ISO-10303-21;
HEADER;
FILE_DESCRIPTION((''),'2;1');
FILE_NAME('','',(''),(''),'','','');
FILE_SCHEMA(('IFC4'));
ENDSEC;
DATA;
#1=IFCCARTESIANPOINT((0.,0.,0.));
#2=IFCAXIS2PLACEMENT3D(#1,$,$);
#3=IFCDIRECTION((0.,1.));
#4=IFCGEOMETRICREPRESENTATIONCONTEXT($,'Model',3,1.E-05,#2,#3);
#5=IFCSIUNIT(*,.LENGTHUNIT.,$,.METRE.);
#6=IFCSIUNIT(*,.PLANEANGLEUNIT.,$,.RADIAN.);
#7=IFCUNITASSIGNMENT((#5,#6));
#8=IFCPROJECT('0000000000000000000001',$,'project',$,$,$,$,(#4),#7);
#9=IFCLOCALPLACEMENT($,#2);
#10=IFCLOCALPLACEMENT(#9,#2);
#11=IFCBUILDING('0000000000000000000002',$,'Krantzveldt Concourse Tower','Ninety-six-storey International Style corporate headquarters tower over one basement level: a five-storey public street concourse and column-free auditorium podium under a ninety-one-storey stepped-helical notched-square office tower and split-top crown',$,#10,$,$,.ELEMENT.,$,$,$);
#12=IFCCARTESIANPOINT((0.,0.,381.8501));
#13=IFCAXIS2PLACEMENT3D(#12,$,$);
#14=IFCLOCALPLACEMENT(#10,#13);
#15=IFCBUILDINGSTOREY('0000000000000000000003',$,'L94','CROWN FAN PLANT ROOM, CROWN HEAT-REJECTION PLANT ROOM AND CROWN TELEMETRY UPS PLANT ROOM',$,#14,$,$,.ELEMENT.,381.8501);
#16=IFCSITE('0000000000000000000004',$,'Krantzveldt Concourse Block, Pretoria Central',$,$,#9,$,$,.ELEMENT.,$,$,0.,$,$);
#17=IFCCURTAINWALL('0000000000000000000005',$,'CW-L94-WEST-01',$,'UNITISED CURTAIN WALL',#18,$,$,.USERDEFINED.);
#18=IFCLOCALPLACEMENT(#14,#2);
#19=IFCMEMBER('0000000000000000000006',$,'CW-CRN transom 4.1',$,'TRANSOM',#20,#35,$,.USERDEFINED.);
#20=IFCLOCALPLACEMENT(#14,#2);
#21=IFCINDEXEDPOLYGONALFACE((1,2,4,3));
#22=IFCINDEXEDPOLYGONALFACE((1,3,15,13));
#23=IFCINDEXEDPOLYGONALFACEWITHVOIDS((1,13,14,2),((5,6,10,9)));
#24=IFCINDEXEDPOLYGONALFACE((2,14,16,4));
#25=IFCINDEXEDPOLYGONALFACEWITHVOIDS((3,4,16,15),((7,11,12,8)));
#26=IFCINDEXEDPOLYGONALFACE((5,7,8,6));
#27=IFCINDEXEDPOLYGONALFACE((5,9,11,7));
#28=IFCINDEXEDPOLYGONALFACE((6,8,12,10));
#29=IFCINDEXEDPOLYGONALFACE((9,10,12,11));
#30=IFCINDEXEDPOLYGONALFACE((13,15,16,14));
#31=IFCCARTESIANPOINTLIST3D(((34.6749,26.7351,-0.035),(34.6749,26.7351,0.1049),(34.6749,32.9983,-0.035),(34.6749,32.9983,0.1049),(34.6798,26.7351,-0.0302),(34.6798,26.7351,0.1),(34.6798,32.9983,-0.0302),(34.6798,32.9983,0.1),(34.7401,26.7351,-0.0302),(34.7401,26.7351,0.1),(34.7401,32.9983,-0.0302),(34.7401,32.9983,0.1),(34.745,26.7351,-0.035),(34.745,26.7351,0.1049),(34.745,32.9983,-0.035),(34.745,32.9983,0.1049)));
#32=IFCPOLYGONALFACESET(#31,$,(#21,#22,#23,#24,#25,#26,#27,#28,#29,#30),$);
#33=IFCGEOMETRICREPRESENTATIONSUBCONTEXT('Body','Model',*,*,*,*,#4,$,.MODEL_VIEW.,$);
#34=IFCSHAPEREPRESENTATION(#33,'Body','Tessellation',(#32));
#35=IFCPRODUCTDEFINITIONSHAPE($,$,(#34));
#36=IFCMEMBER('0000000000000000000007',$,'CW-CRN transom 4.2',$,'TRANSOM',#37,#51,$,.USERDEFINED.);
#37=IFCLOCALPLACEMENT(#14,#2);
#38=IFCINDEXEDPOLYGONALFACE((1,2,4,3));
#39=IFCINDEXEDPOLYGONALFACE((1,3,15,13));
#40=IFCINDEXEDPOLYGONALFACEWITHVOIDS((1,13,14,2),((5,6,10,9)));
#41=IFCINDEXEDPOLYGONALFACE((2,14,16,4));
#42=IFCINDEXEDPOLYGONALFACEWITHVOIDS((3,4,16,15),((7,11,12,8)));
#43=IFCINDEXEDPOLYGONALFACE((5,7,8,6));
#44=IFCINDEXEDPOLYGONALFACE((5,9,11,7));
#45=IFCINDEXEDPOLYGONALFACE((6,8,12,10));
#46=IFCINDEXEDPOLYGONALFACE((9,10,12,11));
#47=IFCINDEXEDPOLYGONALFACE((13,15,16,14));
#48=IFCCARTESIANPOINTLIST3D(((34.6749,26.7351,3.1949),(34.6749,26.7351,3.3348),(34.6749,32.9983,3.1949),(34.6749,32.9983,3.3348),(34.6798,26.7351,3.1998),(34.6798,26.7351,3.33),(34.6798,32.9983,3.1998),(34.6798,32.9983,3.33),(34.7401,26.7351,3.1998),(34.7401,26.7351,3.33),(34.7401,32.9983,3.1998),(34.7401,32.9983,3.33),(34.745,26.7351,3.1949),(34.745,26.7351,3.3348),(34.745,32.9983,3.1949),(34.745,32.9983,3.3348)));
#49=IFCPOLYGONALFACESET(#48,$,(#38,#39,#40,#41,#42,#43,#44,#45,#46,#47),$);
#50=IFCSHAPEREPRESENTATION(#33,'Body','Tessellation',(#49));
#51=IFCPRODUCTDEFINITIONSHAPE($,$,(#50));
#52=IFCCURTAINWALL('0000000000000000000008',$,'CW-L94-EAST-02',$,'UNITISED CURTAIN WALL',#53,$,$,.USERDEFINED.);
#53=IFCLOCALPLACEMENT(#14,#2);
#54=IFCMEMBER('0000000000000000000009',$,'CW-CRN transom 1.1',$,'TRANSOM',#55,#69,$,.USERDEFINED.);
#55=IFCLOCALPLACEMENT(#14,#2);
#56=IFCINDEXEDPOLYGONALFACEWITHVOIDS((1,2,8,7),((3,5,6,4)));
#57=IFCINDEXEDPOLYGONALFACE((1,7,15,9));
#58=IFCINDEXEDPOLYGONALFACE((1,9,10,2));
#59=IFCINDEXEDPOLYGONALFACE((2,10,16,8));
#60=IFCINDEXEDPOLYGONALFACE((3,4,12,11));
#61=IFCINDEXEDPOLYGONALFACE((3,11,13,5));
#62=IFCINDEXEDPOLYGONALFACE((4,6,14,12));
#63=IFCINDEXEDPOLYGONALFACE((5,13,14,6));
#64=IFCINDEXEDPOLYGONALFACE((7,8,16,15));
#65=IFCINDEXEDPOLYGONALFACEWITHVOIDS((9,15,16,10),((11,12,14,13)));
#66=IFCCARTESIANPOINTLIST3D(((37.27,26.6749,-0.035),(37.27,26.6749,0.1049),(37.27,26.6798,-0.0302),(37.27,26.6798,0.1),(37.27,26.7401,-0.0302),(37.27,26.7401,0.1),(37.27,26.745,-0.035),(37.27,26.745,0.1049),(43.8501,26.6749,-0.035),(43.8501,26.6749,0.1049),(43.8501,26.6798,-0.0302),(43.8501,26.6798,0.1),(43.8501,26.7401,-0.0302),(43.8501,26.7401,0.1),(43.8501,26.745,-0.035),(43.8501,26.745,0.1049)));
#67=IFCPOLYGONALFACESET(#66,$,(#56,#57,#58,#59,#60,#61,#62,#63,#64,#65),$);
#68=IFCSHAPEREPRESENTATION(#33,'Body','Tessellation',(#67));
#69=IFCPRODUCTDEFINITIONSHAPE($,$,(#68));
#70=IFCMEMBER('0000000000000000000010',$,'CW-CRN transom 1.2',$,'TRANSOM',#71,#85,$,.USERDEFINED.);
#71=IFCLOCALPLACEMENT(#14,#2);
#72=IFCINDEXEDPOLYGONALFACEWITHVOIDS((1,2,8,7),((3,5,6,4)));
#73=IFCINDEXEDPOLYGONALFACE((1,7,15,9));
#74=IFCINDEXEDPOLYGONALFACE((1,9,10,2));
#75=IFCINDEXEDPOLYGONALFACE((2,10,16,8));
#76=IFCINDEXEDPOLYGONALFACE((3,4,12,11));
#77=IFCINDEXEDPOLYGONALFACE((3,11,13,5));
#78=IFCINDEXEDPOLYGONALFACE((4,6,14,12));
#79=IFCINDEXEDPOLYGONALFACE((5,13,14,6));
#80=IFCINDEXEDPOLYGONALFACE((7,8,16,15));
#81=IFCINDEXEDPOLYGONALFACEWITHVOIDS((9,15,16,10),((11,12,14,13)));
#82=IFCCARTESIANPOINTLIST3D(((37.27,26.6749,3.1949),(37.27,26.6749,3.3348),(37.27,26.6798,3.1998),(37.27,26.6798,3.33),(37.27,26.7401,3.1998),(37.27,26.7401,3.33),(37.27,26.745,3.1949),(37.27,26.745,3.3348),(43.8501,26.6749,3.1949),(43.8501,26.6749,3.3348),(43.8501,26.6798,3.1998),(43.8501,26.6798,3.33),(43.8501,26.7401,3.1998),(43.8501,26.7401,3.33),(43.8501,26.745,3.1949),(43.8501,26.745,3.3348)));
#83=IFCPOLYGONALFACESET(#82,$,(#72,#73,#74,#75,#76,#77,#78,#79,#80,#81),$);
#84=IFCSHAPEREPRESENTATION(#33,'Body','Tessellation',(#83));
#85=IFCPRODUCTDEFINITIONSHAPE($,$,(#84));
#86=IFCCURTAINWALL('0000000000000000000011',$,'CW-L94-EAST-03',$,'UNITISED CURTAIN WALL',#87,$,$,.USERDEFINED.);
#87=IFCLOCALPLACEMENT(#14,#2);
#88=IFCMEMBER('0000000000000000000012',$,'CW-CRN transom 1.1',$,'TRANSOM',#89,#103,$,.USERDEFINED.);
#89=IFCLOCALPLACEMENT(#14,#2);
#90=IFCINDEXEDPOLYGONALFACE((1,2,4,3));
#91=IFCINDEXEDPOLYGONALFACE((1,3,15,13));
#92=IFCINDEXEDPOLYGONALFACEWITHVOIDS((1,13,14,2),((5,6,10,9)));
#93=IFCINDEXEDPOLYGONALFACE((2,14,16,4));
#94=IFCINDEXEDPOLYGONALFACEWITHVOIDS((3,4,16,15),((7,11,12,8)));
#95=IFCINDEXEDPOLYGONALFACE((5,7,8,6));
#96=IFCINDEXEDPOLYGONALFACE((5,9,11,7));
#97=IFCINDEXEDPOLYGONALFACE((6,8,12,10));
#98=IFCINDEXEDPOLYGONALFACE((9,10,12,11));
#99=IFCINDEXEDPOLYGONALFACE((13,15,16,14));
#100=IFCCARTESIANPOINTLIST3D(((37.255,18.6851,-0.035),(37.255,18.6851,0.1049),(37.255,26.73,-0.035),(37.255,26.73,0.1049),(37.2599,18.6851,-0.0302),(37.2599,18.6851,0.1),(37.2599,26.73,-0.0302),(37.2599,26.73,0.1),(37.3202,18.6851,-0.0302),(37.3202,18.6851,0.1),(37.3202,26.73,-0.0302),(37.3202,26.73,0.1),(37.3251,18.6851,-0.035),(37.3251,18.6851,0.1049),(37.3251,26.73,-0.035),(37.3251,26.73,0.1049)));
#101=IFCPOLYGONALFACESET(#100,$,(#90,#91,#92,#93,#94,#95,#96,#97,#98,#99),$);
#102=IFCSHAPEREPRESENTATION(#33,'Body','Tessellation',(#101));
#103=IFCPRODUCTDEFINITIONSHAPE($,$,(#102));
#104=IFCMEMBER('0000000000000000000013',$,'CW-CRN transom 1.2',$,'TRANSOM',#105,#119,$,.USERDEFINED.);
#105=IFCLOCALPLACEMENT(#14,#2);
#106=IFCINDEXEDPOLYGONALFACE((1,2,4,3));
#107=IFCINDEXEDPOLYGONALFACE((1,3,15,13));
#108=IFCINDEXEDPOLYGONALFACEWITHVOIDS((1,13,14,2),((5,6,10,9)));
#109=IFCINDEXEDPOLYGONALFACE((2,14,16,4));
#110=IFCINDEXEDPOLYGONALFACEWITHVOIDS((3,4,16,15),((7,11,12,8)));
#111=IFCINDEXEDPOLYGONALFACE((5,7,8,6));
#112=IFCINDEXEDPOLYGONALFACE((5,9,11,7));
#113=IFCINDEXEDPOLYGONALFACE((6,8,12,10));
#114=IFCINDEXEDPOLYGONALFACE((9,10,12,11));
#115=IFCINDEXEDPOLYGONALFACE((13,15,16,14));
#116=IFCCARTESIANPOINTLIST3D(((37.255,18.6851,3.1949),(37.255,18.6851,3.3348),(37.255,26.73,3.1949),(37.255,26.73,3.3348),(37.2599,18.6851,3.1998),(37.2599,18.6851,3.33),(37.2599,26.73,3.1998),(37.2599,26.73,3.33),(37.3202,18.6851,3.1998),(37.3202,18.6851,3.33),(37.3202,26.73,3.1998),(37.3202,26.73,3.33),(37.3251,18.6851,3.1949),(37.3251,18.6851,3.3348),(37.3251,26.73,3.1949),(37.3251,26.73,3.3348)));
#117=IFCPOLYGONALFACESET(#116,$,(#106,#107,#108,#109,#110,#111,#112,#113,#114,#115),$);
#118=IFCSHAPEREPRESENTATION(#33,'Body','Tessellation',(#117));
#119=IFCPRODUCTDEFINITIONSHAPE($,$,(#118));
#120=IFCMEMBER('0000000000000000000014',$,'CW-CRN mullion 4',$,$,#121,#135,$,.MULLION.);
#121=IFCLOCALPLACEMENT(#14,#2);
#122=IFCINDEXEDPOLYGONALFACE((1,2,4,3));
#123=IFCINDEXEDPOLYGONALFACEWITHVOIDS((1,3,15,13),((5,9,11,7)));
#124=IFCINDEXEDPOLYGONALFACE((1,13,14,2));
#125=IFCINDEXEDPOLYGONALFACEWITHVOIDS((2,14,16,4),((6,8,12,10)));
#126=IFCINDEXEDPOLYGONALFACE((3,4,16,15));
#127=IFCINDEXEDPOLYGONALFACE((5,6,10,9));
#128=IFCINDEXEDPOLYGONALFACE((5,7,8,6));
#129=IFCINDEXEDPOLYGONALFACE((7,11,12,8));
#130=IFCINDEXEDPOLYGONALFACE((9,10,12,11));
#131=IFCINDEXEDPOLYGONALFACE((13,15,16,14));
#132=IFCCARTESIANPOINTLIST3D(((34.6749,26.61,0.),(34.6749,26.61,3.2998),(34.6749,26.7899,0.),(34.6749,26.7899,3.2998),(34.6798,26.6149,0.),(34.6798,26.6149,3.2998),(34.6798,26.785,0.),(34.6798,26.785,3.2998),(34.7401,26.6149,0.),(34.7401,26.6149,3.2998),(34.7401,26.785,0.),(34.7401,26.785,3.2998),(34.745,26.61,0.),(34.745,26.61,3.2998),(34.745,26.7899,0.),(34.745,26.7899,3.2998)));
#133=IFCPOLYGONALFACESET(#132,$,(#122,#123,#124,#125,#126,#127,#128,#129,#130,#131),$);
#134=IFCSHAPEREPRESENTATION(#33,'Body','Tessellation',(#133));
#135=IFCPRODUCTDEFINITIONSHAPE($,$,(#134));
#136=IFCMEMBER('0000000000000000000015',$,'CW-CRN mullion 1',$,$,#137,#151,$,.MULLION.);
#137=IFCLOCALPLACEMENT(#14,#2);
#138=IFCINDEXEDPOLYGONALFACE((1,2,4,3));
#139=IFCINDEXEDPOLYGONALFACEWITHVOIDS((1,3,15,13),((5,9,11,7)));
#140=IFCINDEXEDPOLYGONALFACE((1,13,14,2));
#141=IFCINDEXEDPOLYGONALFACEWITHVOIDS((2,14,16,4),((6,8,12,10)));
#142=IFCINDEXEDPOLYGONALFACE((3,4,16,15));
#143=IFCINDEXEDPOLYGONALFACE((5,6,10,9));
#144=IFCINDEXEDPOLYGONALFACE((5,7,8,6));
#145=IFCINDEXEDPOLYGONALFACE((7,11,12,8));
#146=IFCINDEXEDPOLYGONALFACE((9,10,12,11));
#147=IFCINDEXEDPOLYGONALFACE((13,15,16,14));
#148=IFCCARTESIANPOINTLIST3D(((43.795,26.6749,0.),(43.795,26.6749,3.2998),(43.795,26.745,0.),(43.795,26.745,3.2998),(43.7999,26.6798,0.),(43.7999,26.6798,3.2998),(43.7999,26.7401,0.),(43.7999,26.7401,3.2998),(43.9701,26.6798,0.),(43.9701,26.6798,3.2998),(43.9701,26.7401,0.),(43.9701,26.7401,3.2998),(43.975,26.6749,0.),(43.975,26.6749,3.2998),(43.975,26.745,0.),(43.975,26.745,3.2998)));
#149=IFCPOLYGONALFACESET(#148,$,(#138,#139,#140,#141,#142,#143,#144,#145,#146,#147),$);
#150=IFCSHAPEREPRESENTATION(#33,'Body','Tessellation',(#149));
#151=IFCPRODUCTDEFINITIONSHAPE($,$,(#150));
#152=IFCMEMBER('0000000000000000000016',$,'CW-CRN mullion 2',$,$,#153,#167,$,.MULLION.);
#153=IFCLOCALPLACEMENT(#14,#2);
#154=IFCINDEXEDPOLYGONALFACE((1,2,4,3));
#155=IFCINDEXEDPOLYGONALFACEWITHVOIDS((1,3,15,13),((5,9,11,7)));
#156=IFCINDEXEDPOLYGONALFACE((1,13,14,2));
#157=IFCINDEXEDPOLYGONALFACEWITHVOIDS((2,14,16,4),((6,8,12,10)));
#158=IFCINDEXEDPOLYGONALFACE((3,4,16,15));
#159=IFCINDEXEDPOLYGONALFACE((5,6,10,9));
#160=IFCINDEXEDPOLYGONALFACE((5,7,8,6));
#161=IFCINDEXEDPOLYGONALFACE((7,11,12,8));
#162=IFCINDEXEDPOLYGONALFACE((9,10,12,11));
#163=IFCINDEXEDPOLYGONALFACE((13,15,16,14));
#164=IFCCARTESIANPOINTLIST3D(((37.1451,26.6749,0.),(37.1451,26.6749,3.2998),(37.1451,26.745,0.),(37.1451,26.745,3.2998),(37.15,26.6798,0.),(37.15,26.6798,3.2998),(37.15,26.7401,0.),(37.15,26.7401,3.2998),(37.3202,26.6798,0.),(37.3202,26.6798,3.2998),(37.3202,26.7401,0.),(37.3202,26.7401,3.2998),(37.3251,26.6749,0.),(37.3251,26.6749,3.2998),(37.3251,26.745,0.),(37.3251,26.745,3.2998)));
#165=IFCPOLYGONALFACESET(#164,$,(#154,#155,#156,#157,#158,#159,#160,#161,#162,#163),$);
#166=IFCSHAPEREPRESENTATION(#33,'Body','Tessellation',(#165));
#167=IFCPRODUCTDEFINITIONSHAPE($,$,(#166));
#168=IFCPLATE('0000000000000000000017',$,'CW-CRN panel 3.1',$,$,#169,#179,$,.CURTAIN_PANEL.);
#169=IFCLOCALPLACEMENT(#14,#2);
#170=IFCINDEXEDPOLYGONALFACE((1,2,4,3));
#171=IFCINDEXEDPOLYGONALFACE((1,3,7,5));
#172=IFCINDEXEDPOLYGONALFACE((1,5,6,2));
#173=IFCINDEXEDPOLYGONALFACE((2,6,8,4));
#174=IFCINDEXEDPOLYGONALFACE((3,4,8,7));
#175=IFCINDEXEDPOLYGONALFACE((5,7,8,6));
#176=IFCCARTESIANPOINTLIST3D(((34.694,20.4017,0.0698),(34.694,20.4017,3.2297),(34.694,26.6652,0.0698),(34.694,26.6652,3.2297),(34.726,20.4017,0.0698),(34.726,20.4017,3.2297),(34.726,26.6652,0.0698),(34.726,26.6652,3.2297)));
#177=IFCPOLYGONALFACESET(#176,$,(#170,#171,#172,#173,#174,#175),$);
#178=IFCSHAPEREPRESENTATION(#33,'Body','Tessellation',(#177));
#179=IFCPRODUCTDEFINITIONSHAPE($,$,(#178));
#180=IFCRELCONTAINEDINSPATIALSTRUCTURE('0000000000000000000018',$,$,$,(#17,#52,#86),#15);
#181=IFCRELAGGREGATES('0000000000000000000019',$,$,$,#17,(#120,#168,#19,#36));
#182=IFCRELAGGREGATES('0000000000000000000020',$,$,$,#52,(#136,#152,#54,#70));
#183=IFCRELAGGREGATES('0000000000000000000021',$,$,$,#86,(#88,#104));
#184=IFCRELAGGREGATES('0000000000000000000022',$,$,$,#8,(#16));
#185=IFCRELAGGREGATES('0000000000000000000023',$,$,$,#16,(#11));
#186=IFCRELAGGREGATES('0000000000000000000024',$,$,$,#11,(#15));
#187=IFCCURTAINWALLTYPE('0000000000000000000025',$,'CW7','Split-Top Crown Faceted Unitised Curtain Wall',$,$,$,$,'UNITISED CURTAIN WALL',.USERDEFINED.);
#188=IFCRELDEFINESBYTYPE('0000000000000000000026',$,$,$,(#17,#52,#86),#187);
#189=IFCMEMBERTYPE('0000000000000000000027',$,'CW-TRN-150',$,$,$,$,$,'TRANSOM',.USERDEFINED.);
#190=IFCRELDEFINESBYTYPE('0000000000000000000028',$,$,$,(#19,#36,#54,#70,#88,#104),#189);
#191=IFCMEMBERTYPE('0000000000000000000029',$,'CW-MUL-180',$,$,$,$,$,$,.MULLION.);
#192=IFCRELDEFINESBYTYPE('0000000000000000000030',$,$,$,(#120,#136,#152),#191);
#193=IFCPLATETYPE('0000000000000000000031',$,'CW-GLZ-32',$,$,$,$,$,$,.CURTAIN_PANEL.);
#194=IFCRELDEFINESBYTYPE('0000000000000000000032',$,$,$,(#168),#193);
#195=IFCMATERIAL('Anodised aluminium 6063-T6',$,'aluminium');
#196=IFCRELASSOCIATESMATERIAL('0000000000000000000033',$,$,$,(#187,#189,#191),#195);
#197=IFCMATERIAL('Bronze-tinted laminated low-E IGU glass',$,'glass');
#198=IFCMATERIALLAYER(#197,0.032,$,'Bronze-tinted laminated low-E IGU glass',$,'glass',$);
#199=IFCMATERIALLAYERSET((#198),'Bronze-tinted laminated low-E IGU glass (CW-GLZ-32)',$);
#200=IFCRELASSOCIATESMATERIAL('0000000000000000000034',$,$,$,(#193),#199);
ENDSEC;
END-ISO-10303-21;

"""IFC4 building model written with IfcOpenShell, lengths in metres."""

from ifc_helpers import new_model, si_unit, direction, frame, origin, origin_2d, place, context, subcontext, project, spatial, rectangle, hollow_rectangle, extrude, source, transform, mapped, material, layer, layer_set, material_profile, profile_set, type_object, type_shapes, element, aggregate, save


model = new_model("IFC4")

# Units and contexts
model_context = context("Model", 3, precision=1e-05, world=origin(), true_north=direction((0.0, 1.0)))
body_context = subcontext(model_context, "Body", "Model", "MODEL_VIEW")
ifc_project = project(units=[si_unit("LENGTHUNIT", "METRE"), si_unit("PLANEANGLEUNIT", "RADIAN")], contexts=[model_context])

# Site, building, storey
site_placement = place(None, origin())
site = spatial("IfcSite", under=ifc_project, at=site_placement, Name="Krantzveldt Concourse Block, Pretoria Central", CompositionType="ELEMENT", RefElevation=0.0)
building_placement = place(site_placement, origin())
building = spatial("IfcBuilding", under=site, at=building_placement, Name="Krantzveldt Concourse Tower", Description="Ninety-six-storey International Style corporate headquarters tower over one basement level: a five-storey public street concourse and column-free auditorium podium under a ninety-one-storey stepped-helical notched-square office tower and split-top crown", CompositionType="ELEMENT")
storey_placement = place(building_placement, frame((0.0, 0.0, 381.8501)))
storey = spatial("IfcBuildingStorey", under=building, at=storey_placement, Name="L94", Description="CROWN FAN PLANT ROOM, CROWN HEAT-REJECTION PLANT ROOM AND CROWN TELEMETRY UPS PLANT ROOM", CompositionType="ELEMENT", Elevation=381.8501)

# Curtain walls, members
ifc_material_1 = material(Name="Anodised aluminium 6063-T6", Category="aluminium")
curtain_wall_type = type_object("IfcCurtainWallType", Name="CW7", Description="Split-Top Crown Faceted Unitised Curtain Wall", ElementType="UNITISED CURTAIN WALL", PredefinedType="USERDEFINED", material=ifc_material_1)
curtain_wall_1_placement = place(storey_placement, origin())
curtain_wall_1 = element("IfcCurtainWall", 1, at=curtain_wall_1_placement, inside=storey, type_object=curtain_wall_type, Name="CW-L94-WEST-01", ObjectType="UNITISED CURTAIN WALL", PredefinedType="USERDEFINED")
ifc_material_profile_1 = material_profile(ifc_material_1, hollow_rectangle(XDim=0.0701, YDim=0.1399, WallThickness=0.0049, at=origin_2d()), Name="Anodised aluminium 6063-T6", Category="aluminium")
ifc_profile_set_1 = profile_set([ifc_material_profile_1], Name="Anodised aluminium 6063-T6 - ALU-TRAN 140x70x5")
member_type_1 = type_object("IfcMemberType", Name="CW-TRN-150", ElementType="TRANSOM", PredefinedType="USERDEFINED", material=ifc_profile_set_1)
shared_shape_1 = source(origin(), body_context, "Body", "SweptSolid", [
    extrude(hollow_rectangle(XDim=0.0701, YDim=0.1399, WallThickness=0.0049, at=origin_2d()), origin(), (0.0, 0.0, 1.0), 6.2632),
])
member_1_placement = place(storey_placement, frame((34.71, 26.7351, 0.0349), z_axis=(0.0, 1.0, 0.0), x_axis=(-1.0, 0.0, 0.0)))
member_1 = element("IfcMember", 2, at=member_1_placement, type_object=member_type_1, Name="CW-CRN transom 4.1", ObjectType="TRANSOM", PredefinedType="USERDEFINED", context=body_context, shape_type="MappedRepresentation", body=[
    mapped(shared_shape_1, transform((0.0, 0.0, 0.0), x_axis=(1.0, 0.0, 0.0), y_axis=(0.0, 1.0, 0.0), z_axis=(0.0, 0.0, 1.0), scale=1.0)),
])
member_2_placement = place(storey_placement, frame((34.71, 26.7351, 3.2649), z_axis=(0.0, 1.0, 0.0), x_axis=(-1.0, 0.0, 0.0)))
member_2 = element("IfcMember", 3, at=member_2_placement, type_object=member_type_1, Name="CW-CRN transom 4.2", ObjectType="TRANSOM", PredefinedType="USERDEFINED", context=body_context, shape_type="MappedRepresentation", body=[
    mapped(shared_shape_1, transform((0.0, 0.0, 0.0), x_axis=(1.0, 0.0, 0.0), y_axis=(0.0, 1.0, 0.0), z_axis=(0.0, 0.0, 1.0), scale=1.0)),
])
curtain_wall_2_placement = place(storey_placement, origin())
curtain_wall_2 = element("IfcCurtainWall", 4, at=curtain_wall_2_placement, inside=storey, type_object=curtain_wall_type, Name="CW-L94-EAST-02", ObjectType="UNITISED CURTAIN WALL", PredefinedType="USERDEFINED")
shared_shape_2 = source(origin(), body_context, "Body", "SweptSolid", [
    extrude(hollow_rectangle(XDim=0.0701, YDim=0.1399, WallThickness=0.0049, at=origin_2d()), origin(), (0.0, 0.0, 1.0), 6.5801),
])
member_3_placement = place(storey_placement, frame((43.8501, 26.71, 0.0349), z_axis=(-1.0, 0.0, 0.0), x_axis=(0.0, -1.0, 0.0)))
member_3 = element("IfcMember", 5, at=member_3_placement, type_object=member_type_1, Name="CW-CRN transom 1.1", ObjectType="TRANSOM", PredefinedType="USERDEFINED", context=body_context, shape_type="MappedRepresentation", body=[
    mapped(shared_shape_2, transform((0.0, 0.0, 0.0), x_axis=(1.0, 0.0, 0.0), y_axis=(0.0, 1.0, 0.0), z_axis=(0.0, 0.0, 1.0), scale=1.0)),
])
member_4_placement = place(storey_placement, frame((43.8501, 26.71, 3.2649), z_axis=(-1.0, 0.0, 0.0), x_axis=(0.0, -1.0, 0.0)))
member_4 = element("IfcMember", 6, at=member_4_placement, type_object=member_type_1, Name="CW-CRN transom 1.2", ObjectType="TRANSOM", PredefinedType="USERDEFINED", context=body_context, shape_type="MappedRepresentation", body=[
    mapped(shared_shape_2, transform((0.0, 0.0, 0.0), x_axis=(1.0, 0.0, 0.0), y_axis=(0.0, 1.0, 0.0), z_axis=(0.0, 0.0, 1.0), scale=1.0)),
])
curtain_wall_3_placement = place(storey_placement, origin())
curtain_wall_3 = element("IfcCurtainWall", 7, at=curtain_wall_3_placement, inside=storey, type_object=curtain_wall_type, Name="CW-L94-EAST-03", ObjectType="UNITISED CURTAIN WALL", PredefinedType="USERDEFINED")
shared_shape_3 = source(origin(), body_context, "Body", "SweptSolid", [
    extrude(hollow_rectangle(XDim=0.0701, YDim=0.1399, WallThickness=0.0049, at=origin_2d()), origin(), (0.0, 0.0, 1.0), 8.0449),
])
type_shapes(member_type_1, [shared_shape_1, shared_shape_2, shared_shape_3])
member_5_placement = place(storey_placement, frame((37.29, 26.73, 0.0349), z_axis=(0.0, -1.0, 0.0), x_axis=(1.0, 0.0, 0.0)))
member_5 = element("IfcMember", 8, at=member_5_placement, type_object=member_type_1, Name="CW-CRN transom 1.1", ObjectType="TRANSOM", PredefinedType="USERDEFINED", context=body_context, shape_type="MappedRepresentation", body=[
    mapped(shared_shape_3, transform((0.0, 0.0, 0.0), x_axis=(1.0, 0.0, 0.0), y_axis=(0.0, 1.0, 0.0), z_axis=(0.0, 0.0, 1.0), scale=1.0)),
])
member_6_placement = place(storey_placement, frame((37.29, 26.73, 3.2649), z_axis=(0.0, -1.0, 0.0), x_axis=(1.0, 0.0, 0.0)))
member_6 = element("IfcMember", 9, at=member_6_placement, type_object=member_type_1, Name="CW-CRN transom 1.2", ObjectType="TRANSOM", PredefinedType="USERDEFINED", context=body_context, shape_type="MappedRepresentation", body=[
    mapped(shared_shape_3, transform((0.0, 0.0, 0.0), x_axis=(1.0, 0.0, 0.0), y_axis=(0.0, 1.0, 0.0), z_axis=(0.0, 0.0, 1.0), scale=1.0)),
])

# Members
ifc_material_profile_2 = material_profile(ifc_material_1, hollow_rectangle(XDim=0.0701, YDim=0.1799, WallThickness=0.0049, at=origin_2d()), Name="Anodised aluminium 6063-T6", Category="aluminium")
ifc_profile_set_2 = profile_set([ifc_material_profile_2], Name="Anodised aluminium 6063-T6 - ALU-MULL 180x70x5")
member_type_2 = type_object("IfcMemberType", Name="CW-MUL-180", PredefinedType="MULLION", material=ifc_profile_set_2)
shared_shape_4 = source(origin(), body_context, "Body", "SweptSolid", [
    extrude(hollow_rectangle(XDim=0.0701, YDim=0.1799, WallThickness=0.0049, at=origin_2d()), origin(), (0.0, 0.0, 1.0), 3.2998),
])
type_shapes(member_type_2, [shared_shape_4])
member_7_placement = place(storey_placement, frame((34.71, 26.7, 0.0), z_axis=(0.0, 0.0, 1.0), x_axis=(-1.0, 0.0, 0.0)))
member_7 = element("IfcMember", 10, at=member_7_placement, type_object=member_type_2, Name="CW-CRN mullion 4", PredefinedType="MULLION", context=body_context, shape_type="MappedRepresentation", body=[
    mapped(shared_shape_4, transform((0.0, 0.0, 0.0), x_axis=(1.0, 0.0, 0.0), y_axis=(0.0, 1.0, 0.0), z_axis=(0.0, 0.0, 1.0), scale=1.0)),
])
member_8_placement = place(storey_placement, frame((43.885, 26.71, 0.0), z_axis=(0.0, 0.0, 1.0), x_axis=(0.0, -1.0, 0.0)))
member_8 = element("IfcMember", 11, at=member_8_placement, type_object=member_type_2, Name="CW-CRN mullion 1", PredefinedType="MULLION", context=body_context, shape_type="MappedRepresentation", body=[
    mapped(shared_shape_4, transform((0.0, 0.0, 0.0), x_axis=(1.0, 0.0, 0.0), y_axis=(0.0, 1.0, 0.0), z_axis=(0.0, 0.0, 1.0), scale=1.0)),
])
member_9_placement = place(storey_placement, frame((37.2351, 26.71, 0.0), z_axis=(0.0, 0.0, 1.0), x_axis=(0.0, -1.0, 0.0)))
member_9 = element("IfcMember", 12, at=member_9_placement, type_object=member_type_2, Name="CW-CRN mullion 2", PredefinedType="MULLION", context=body_context, shape_type="MappedRepresentation", body=[
    mapped(shared_shape_4, transform((0.0, 0.0, 0.0), x_axis=(1.0, 0.0, 0.0), y_axis=(0.0, 1.0, 0.0), z_axis=(0.0, 0.0, 1.0), scale=1.0)),
])

# Plate
ifc_material_2 = material(Name="Bronze-tinted laminated low-E IGU glass", Category="glass")
ifc_layer_1 = layer(ifc_material_2, 0.032, Name="Bronze-tinted laminated low-E IGU glass", Category="glass")
ifc_layer_set_1 = layer_set([ifc_layer_1], Name="Bronze-tinted laminated low-E IGU glass (CW-GLZ-32)")
plate_type = type_object("IfcPlateType", Name="CW-GLZ-32", PredefinedType="CURTAIN_PANEL", material=ifc_layer_set_1)
shared_shape_5 = source(origin(), body_context, "Body", "SweptSolid", [
    extrude(rectangle(XDim=6.2634, YDim=0.032, at=origin_2d()), origin(), (0.0, 0.0, 1.0), 3.1599),
])
plate_1_placement = place(storey_placement, frame((34.71, 23.5334, 0.0698), z_axis=(0.0, 0.0, 1.0), x_axis=(0.0, 1.0, 0.0)))
plate_1 = element("IfcPlate", 13, at=plate_1_placement, type_object=plate_type, Name="CW-CRN panel 3.1", PredefinedType="CURTAIN_PANEL", context=body_context, shape_type="MappedRepresentation", body=[
    mapped(shared_shape_5, transform((0.0, 0.0, 0.0), x_axis=(1.0, 0.0, 0.0), y_axis=(0.0, 1.0, 0.0), z_axis=(0.0, 0.0, 1.0), scale=1.0)),
])
aggregate(curtain_wall_1, [member_7, plate_1, member_1, member_2])
aggregate(curtain_wall_2, [member_8, member_9, member_3, member_4])

aggregate(curtain_wall_3, [member_5, member_6])

save(model, "model.ifc")
